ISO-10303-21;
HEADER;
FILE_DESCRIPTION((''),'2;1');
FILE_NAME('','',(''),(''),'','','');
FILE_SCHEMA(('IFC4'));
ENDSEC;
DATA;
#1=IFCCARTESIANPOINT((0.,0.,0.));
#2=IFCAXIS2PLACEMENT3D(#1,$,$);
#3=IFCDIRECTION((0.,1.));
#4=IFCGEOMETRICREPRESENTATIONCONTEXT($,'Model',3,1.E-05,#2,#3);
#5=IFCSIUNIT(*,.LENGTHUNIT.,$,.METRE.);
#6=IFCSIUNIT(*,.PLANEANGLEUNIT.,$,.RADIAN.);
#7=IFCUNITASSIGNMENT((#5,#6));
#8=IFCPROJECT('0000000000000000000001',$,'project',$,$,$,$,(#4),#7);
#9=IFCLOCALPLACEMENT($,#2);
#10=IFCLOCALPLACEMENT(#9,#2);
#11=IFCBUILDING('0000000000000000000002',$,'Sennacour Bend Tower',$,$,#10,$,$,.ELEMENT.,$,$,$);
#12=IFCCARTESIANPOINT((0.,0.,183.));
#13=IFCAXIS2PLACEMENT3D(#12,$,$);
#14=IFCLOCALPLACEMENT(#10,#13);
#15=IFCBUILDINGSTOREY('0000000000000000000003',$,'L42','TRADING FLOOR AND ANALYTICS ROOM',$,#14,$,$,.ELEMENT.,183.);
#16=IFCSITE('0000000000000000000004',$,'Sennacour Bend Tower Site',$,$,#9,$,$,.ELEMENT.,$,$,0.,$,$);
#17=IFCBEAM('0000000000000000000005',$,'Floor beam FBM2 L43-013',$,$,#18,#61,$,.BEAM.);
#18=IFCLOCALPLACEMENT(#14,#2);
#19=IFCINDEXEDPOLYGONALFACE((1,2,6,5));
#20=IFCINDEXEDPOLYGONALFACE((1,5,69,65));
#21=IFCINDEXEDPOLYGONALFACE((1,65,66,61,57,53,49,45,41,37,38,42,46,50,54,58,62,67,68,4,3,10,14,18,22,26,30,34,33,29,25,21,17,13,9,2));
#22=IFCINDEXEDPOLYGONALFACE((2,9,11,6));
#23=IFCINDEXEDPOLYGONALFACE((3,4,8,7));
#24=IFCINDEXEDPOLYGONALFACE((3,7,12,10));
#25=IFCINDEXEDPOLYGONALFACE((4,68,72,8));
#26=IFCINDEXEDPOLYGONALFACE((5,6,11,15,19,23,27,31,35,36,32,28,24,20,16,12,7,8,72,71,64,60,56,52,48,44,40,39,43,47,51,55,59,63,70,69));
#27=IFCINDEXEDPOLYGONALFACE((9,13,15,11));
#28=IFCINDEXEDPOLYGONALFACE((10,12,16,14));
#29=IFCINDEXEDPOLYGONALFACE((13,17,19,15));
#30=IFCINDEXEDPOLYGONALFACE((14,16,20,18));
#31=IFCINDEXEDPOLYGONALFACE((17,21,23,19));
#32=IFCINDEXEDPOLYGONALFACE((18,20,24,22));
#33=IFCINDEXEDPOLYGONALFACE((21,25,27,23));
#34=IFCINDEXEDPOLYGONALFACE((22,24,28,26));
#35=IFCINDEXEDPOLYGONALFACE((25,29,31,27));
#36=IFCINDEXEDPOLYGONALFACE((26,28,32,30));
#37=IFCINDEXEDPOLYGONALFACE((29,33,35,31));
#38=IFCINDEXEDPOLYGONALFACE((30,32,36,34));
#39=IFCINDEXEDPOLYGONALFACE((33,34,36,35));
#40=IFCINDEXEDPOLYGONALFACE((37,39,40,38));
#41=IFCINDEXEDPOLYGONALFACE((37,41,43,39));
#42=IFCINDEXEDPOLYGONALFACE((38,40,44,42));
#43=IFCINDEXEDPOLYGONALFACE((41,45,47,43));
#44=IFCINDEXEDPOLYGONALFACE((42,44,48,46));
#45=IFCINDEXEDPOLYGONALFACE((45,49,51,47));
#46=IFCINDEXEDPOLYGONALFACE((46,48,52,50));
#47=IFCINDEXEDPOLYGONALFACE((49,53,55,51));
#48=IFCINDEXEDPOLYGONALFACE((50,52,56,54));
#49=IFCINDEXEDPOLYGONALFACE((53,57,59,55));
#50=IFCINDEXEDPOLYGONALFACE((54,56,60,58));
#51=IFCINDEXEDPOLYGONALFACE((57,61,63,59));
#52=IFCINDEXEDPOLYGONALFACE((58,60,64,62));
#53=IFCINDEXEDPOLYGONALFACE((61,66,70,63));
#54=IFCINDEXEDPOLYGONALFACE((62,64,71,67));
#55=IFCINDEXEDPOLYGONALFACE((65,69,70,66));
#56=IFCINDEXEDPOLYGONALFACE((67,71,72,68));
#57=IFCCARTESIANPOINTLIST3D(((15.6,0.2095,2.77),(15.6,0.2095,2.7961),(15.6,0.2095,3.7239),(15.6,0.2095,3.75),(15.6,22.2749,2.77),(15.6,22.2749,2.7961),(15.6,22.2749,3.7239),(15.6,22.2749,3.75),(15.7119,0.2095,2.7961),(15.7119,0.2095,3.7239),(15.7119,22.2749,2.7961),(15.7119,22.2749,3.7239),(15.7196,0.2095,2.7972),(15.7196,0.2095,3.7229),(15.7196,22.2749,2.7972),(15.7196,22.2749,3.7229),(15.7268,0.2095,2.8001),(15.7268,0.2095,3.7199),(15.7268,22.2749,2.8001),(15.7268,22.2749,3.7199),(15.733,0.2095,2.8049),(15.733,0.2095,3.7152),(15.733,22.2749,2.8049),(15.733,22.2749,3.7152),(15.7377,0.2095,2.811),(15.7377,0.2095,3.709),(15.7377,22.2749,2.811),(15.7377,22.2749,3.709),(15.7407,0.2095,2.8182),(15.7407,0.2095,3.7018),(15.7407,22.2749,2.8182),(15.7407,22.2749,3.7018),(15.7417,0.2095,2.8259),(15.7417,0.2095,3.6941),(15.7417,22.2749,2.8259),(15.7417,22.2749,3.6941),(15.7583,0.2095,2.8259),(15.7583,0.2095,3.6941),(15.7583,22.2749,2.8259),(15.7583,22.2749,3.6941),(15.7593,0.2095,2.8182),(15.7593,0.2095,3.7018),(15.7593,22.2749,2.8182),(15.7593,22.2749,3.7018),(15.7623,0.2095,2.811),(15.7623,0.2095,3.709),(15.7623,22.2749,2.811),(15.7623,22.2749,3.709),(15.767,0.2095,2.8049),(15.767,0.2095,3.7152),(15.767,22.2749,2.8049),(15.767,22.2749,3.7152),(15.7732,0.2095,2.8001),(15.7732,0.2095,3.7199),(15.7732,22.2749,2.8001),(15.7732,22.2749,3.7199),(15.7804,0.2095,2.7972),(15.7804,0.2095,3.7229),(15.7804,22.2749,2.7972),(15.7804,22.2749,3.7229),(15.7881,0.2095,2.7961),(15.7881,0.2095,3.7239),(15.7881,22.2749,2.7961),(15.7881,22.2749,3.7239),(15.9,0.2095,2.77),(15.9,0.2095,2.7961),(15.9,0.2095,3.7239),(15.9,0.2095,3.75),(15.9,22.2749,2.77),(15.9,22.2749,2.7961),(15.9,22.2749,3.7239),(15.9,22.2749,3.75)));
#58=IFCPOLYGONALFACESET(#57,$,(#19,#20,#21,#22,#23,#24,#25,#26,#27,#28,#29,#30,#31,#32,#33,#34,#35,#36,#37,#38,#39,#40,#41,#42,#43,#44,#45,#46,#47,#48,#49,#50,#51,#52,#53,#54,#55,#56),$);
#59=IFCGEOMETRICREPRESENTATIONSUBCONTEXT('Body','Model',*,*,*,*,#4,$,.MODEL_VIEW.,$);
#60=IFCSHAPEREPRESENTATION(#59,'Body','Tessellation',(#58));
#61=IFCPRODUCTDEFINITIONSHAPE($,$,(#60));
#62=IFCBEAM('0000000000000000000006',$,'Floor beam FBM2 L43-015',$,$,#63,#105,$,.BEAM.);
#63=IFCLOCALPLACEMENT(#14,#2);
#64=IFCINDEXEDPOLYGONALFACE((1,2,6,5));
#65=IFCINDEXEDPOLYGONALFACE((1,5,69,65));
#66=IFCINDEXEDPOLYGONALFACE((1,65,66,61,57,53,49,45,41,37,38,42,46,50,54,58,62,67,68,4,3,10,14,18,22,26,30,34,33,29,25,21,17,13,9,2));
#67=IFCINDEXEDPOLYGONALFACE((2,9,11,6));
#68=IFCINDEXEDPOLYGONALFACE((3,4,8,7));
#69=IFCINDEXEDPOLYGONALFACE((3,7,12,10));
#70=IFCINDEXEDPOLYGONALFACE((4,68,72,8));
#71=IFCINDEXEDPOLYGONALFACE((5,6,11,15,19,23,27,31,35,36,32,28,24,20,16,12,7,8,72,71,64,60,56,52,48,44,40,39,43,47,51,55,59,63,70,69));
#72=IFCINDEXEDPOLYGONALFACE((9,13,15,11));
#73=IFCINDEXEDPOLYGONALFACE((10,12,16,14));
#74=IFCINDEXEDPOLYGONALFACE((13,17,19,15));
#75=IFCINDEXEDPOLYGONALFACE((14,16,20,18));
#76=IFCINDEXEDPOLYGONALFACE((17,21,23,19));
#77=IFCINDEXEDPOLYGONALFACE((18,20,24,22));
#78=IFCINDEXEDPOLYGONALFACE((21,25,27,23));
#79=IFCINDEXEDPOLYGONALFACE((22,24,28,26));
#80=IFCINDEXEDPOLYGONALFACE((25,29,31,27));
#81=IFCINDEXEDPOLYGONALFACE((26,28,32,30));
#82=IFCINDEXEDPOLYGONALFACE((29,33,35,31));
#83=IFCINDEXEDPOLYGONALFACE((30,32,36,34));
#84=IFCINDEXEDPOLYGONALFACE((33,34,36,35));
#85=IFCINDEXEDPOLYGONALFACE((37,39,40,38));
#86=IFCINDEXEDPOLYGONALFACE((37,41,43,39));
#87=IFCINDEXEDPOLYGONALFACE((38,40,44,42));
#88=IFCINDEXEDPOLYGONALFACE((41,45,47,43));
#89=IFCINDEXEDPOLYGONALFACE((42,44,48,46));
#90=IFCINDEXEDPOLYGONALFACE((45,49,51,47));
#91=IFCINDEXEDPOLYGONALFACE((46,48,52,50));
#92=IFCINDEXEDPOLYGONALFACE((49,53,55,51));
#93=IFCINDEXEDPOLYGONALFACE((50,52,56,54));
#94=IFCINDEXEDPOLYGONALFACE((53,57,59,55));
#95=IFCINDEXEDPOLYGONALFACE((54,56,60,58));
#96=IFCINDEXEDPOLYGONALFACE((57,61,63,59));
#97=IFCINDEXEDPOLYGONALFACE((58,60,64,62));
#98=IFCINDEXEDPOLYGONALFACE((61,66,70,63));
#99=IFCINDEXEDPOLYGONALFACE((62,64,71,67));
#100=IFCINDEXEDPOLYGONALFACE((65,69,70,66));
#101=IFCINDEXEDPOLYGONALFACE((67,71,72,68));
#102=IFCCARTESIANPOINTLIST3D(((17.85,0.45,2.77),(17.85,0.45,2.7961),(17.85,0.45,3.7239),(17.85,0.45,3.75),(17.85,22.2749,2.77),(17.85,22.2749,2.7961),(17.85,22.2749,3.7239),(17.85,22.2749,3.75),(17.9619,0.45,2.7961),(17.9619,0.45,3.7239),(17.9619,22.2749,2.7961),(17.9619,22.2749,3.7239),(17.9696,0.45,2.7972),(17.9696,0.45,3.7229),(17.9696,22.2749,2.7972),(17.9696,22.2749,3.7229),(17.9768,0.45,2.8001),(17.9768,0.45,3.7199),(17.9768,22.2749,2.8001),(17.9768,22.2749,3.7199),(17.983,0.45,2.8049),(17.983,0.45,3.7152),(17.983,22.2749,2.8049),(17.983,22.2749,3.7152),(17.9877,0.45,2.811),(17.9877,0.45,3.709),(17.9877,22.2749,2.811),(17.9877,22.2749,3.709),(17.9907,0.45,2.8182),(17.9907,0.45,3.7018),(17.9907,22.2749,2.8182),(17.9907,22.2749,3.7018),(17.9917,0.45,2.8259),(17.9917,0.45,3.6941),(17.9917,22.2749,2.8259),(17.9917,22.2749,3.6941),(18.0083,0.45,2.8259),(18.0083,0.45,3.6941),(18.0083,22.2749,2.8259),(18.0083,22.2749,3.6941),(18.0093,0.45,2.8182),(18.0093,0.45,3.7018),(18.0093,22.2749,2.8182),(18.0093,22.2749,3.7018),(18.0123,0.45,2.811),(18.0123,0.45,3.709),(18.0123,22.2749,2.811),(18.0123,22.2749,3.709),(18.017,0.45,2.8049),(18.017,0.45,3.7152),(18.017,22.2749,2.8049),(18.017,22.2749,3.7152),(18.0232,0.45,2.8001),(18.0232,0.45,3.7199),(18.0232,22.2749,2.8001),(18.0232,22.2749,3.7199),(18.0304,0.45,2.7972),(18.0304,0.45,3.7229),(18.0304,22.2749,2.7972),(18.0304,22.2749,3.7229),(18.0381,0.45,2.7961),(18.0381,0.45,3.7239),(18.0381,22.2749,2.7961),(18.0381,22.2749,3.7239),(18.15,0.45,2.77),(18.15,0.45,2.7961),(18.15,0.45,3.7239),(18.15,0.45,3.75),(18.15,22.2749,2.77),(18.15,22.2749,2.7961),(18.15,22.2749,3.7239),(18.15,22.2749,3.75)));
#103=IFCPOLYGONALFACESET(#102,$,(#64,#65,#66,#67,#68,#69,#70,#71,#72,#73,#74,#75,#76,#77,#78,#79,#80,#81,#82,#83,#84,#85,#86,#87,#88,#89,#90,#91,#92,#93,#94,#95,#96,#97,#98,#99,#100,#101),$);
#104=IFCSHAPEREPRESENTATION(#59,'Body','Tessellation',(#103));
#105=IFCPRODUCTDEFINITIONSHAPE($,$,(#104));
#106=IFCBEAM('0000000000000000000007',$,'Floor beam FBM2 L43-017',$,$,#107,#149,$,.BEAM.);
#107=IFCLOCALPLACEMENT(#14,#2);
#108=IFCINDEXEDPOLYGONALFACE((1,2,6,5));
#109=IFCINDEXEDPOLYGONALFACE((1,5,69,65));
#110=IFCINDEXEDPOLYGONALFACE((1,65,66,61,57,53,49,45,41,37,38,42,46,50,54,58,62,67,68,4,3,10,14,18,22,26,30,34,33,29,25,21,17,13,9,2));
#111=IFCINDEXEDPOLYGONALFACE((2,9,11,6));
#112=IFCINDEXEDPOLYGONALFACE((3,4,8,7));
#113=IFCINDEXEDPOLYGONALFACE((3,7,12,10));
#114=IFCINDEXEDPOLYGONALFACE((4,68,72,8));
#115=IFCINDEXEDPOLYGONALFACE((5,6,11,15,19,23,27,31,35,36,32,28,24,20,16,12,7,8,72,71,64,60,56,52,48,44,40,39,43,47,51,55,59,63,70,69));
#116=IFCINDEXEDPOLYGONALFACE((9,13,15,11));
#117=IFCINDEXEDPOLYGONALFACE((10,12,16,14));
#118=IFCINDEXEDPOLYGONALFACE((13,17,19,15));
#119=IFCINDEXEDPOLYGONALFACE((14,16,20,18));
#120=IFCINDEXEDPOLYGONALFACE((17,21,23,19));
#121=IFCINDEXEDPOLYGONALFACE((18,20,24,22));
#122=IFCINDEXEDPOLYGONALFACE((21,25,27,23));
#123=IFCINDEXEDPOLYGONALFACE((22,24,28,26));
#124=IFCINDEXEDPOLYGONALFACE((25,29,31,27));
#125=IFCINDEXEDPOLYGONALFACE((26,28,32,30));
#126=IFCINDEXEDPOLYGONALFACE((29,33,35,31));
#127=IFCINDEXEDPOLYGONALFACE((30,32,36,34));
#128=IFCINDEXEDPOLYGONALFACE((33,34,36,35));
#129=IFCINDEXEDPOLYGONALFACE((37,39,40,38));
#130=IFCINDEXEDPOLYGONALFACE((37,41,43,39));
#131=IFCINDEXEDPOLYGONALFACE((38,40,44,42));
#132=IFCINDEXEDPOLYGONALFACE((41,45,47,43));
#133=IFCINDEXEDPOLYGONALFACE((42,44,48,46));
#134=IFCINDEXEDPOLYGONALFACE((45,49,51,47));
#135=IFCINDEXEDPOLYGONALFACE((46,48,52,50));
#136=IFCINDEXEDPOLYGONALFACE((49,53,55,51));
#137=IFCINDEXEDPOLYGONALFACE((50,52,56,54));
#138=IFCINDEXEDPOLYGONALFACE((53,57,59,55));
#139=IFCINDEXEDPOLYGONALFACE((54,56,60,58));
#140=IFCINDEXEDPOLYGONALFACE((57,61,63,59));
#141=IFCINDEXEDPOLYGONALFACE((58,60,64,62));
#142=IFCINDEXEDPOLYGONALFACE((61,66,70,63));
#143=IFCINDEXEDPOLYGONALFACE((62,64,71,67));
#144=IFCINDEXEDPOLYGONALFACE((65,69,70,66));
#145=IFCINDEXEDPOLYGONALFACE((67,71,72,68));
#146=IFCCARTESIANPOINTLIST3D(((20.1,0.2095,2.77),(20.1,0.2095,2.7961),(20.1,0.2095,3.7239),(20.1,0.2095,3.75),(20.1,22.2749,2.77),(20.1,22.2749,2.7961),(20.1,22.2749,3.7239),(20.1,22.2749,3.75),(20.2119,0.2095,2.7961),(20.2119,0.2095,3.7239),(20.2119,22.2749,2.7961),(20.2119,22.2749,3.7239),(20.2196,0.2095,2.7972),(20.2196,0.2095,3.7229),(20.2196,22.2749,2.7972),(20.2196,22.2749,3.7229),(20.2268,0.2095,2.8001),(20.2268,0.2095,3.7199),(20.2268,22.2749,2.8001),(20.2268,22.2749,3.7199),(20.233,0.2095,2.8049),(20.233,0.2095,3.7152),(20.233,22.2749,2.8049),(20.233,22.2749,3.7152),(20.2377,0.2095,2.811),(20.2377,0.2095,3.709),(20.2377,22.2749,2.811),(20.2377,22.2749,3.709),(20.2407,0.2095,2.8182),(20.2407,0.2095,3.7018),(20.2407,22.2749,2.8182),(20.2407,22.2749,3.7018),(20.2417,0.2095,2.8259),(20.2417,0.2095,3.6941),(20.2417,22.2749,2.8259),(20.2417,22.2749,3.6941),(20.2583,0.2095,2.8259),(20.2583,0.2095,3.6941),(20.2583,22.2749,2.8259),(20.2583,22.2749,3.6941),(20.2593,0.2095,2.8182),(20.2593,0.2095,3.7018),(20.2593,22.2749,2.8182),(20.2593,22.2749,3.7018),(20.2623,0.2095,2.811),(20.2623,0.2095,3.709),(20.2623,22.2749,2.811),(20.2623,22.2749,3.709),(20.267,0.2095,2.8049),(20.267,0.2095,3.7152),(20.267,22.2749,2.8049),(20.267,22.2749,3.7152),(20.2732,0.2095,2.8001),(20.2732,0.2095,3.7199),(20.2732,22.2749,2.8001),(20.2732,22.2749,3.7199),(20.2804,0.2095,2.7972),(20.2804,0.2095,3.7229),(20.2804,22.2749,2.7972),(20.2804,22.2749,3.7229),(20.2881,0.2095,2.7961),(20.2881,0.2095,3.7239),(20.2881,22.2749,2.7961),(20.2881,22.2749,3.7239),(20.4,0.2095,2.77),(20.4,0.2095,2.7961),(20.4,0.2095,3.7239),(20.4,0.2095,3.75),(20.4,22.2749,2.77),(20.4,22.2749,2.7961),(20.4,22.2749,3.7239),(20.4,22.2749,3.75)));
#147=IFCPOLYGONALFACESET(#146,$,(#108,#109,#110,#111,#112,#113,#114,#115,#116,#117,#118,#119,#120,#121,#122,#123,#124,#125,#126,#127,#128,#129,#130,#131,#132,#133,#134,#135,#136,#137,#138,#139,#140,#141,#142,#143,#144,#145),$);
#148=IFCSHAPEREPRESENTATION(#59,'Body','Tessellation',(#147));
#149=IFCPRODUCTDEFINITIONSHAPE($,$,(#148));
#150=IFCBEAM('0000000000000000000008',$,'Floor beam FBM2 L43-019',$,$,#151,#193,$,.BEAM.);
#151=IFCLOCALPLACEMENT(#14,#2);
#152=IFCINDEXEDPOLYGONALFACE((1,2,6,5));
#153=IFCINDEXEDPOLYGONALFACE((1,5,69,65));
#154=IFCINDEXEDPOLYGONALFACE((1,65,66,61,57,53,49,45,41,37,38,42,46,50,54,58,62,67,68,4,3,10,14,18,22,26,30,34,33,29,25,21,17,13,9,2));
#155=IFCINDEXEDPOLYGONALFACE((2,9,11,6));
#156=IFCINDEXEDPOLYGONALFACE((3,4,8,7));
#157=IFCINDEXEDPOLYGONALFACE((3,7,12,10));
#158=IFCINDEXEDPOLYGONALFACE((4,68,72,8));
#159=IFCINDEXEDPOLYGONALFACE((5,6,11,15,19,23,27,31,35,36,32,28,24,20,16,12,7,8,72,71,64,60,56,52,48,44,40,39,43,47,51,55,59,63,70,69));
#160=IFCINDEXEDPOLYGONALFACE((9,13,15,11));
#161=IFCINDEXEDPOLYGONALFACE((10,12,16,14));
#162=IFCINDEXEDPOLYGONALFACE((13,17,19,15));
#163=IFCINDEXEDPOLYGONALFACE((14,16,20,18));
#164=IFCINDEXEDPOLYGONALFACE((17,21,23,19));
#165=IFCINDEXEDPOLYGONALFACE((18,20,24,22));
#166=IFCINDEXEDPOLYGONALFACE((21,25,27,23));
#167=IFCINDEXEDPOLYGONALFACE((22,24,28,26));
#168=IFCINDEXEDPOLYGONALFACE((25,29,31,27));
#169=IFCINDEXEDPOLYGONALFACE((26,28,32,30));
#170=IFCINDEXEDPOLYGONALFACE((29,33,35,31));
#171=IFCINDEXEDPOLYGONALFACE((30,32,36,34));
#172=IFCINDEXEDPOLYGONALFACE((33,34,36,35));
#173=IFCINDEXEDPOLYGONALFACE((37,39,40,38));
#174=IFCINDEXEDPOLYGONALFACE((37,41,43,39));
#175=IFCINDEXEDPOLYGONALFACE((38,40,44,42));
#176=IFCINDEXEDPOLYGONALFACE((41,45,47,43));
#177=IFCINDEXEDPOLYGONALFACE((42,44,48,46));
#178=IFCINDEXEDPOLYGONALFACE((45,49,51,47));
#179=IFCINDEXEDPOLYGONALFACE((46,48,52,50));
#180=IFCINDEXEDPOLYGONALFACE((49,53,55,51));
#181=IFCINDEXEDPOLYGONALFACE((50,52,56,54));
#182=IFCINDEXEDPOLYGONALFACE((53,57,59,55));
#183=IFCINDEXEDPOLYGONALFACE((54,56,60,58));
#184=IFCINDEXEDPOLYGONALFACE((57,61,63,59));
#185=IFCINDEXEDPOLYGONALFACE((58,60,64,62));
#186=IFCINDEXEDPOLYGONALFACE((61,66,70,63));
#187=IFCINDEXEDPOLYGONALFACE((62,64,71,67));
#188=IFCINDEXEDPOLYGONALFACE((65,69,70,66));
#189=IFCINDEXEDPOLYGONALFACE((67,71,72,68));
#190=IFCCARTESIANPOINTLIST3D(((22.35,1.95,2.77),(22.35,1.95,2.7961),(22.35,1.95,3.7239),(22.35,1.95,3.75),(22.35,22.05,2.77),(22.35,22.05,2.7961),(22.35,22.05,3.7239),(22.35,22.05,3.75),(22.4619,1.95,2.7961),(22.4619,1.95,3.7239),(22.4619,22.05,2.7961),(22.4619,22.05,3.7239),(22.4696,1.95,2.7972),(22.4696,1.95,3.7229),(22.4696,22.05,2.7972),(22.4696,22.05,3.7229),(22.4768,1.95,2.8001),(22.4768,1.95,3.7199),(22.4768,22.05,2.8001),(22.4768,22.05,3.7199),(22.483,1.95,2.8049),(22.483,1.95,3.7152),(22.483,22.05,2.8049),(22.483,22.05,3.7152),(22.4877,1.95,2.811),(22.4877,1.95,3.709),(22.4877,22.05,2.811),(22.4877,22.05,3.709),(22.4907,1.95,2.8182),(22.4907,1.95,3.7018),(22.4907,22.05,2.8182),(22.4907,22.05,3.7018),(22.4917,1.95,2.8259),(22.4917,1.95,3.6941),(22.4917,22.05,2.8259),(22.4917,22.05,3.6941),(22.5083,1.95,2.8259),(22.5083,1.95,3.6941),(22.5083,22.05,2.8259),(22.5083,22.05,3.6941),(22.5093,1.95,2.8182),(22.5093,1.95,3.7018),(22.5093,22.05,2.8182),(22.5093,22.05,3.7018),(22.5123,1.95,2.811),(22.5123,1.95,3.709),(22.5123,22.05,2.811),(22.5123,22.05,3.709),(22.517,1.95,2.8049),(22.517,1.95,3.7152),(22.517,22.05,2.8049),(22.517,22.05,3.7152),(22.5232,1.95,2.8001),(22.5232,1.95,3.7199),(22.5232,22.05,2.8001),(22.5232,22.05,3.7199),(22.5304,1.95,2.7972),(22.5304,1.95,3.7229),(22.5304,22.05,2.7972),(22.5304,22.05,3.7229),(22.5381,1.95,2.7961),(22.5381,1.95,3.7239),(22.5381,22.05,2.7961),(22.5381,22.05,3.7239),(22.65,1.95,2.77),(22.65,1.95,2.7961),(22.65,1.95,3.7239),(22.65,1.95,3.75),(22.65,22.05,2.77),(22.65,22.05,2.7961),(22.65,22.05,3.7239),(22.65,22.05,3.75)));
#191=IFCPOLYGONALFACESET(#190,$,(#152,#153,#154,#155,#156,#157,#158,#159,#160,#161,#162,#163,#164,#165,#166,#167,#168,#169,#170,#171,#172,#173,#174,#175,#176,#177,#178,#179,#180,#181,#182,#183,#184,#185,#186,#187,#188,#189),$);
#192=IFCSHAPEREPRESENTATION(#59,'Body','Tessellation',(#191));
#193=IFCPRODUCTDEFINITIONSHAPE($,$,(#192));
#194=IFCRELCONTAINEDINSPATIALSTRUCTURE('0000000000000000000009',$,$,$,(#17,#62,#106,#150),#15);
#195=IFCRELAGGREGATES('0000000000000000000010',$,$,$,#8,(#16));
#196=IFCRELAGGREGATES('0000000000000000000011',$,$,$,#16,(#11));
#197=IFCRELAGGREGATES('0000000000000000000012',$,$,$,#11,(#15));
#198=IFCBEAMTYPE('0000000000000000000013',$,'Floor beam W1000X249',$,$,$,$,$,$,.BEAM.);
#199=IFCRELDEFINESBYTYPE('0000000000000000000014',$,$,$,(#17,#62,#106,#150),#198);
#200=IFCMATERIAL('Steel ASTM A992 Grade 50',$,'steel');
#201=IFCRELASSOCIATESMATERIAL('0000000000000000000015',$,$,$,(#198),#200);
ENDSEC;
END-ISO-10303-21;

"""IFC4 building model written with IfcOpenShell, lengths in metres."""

from ifc_helpers import new_model, si_unit, direction, frame, origin, origin_2d, place, context, subcontext, project, spatial, i_section, extrude, material, material_profile, profile_set, type_object, element, save


model = new_model("IFC4")

# Units and contexts
model_context = context("Model", 3, precision=1e-05, world=origin(), true_north=direction((0.0, 1.0)))
body_context = subcontext(model_context, "Body", "Model", "MODEL_VIEW")
ifc_project = project(units=[si_unit("LENGTHUNIT", "METRE"), si_unit("PLANEANGLEUNIT", "RADIAN")], contexts=[model_context])

# Site, building, storey
site_placement = place(None, origin())
site = spatial("IfcSite", under=ifc_project, at=site_placement, Name="Sennacour Bend Tower Site", CompositionType="ELEMENT", RefElevation=0.0)
building_placement = place(site_placement, origin())
building = spatial("IfcBuilding", under=site, at=building_placement, Name="Sennacour Bend Tower", CompositionType="ELEMENT")
storey_placement = place(building_placement, frame((0.0, 0.0, 183.0)))
storey = spatial("IfcBuildingStorey", under=building, at=storey_placement, Name="L42", Description="TRADING FLOOR AND ANALYTICS ROOM", CompositionType="ELEMENT", Elevation=183.0)

# Beams
ifc_material_1 = material(Name="Steel ASTM A992 Grade 50", Category="steel")
ifc_material_profile_1 = material_profile(ifc_material_1, i_section(OverallWidth=0.3, OverallDepth=0.98, WebThickness=0.0166, FlangeThickness=0.0261, FilletRadius=0.0298, at=origin_2d()), Name="Steel ASTM A992 Grade 50", Category="steel")
ifc_profile_set_1 = profile_set([ifc_material_profile_1], Name="Steel ASTM A992 Grade 50")
beam_type = type_object("IfcBeamType", Name="Floor beam W1000X249", PredefinedType="BEAM", material=ifc_profile_set_1)
beam_1_placement = place(storey_placement, frame((15.75, 0.2095, 3.26), z_axis=(0.0, 1.0, 0.0), x_axis=(-1.0, 0.0, 0.0)))
element("IfcBeam", 1, at=beam_1_placement, inside=storey, type_object=beam_type, Name="Floor beam FBM2 L43-013", PredefinedType="BEAM", context=body_context, shape_type="SweptSolid", body=[
    extrude(i_section(OverallWidth=0.3, OverallDepth=0.98, WebThickness=0.0166, FlangeThickness=0.0261, FilletRadius=0.0298, at=origin_2d()), origin(), (0.0, 0.0, 1.0), 22.0654),
])
beam_2_placement = place(storey_placement, frame((18.0, 0.45, 3.26), z_axis=(0.0, 1.0, 0.0), x_axis=(-1.0, 0.0, 0.0)))
element("IfcBeam", 2, at=beam_2_placement, inside=storey, type_object=beam_type, Name="Floor beam FBM2 L43-015", PredefinedType="BEAM", context=body_context, shape_type="SweptSolid", body=[
    extrude(i_section(OverallWidth=0.3, OverallDepth=0.98, WebThickness=0.0166, FlangeThickness=0.0261, FilletRadius=0.0298, at=origin_2d()), origin(), (0.0, 0.0, 1.0), 21.825),
])
beam_3_placement = place(storey_placement, frame((20.25, 0.2095, 3.26), z_axis=(0.0, 1.0, 0.0), x_axis=(-1.0, 0.0, 0.0)))
element("IfcBeam", 3, at=beam_3_placement, inside=storey, type_object=beam_type, Name="Floor beam FBM2 L43-017", PredefinedType="BEAM", context=body_context, shape_type="SweptSolid", body=[
    extrude(i_section(OverallWidth=0.3, OverallDepth=0.98, WebThickness=0.0166, FlangeThickness=0.0261, FilletRadius=0.0298, at=origin_2d()), origin(), (0.0, 0.0, 1.0), 22.0654),
])
beam_4_placement = place(storey_placement, frame((22.5, 1.95, 3.26), z_axis=(0.0, 1.0, 0.0), x_axis=(-1.0, 0.0, 0.0)))
element("IfcBeam", 4, at=beam_4_placement, inside=storey, type_object=beam_type, Name="Floor beam FBM2 L43-019", PredefinedType="BEAM", context=body_context, shape_type="SweptSolid", body=[
    extrude(i_section(OverallWidth=0.3, OverallDepth=0.98, WebThickness=0.0166, FlangeThickness=0.0261, FilletRadius=0.0298, at=origin_2d()), origin(), (0.0, 0.0, 1.0), 20.1001),
])

save(model, "model.ifc")
